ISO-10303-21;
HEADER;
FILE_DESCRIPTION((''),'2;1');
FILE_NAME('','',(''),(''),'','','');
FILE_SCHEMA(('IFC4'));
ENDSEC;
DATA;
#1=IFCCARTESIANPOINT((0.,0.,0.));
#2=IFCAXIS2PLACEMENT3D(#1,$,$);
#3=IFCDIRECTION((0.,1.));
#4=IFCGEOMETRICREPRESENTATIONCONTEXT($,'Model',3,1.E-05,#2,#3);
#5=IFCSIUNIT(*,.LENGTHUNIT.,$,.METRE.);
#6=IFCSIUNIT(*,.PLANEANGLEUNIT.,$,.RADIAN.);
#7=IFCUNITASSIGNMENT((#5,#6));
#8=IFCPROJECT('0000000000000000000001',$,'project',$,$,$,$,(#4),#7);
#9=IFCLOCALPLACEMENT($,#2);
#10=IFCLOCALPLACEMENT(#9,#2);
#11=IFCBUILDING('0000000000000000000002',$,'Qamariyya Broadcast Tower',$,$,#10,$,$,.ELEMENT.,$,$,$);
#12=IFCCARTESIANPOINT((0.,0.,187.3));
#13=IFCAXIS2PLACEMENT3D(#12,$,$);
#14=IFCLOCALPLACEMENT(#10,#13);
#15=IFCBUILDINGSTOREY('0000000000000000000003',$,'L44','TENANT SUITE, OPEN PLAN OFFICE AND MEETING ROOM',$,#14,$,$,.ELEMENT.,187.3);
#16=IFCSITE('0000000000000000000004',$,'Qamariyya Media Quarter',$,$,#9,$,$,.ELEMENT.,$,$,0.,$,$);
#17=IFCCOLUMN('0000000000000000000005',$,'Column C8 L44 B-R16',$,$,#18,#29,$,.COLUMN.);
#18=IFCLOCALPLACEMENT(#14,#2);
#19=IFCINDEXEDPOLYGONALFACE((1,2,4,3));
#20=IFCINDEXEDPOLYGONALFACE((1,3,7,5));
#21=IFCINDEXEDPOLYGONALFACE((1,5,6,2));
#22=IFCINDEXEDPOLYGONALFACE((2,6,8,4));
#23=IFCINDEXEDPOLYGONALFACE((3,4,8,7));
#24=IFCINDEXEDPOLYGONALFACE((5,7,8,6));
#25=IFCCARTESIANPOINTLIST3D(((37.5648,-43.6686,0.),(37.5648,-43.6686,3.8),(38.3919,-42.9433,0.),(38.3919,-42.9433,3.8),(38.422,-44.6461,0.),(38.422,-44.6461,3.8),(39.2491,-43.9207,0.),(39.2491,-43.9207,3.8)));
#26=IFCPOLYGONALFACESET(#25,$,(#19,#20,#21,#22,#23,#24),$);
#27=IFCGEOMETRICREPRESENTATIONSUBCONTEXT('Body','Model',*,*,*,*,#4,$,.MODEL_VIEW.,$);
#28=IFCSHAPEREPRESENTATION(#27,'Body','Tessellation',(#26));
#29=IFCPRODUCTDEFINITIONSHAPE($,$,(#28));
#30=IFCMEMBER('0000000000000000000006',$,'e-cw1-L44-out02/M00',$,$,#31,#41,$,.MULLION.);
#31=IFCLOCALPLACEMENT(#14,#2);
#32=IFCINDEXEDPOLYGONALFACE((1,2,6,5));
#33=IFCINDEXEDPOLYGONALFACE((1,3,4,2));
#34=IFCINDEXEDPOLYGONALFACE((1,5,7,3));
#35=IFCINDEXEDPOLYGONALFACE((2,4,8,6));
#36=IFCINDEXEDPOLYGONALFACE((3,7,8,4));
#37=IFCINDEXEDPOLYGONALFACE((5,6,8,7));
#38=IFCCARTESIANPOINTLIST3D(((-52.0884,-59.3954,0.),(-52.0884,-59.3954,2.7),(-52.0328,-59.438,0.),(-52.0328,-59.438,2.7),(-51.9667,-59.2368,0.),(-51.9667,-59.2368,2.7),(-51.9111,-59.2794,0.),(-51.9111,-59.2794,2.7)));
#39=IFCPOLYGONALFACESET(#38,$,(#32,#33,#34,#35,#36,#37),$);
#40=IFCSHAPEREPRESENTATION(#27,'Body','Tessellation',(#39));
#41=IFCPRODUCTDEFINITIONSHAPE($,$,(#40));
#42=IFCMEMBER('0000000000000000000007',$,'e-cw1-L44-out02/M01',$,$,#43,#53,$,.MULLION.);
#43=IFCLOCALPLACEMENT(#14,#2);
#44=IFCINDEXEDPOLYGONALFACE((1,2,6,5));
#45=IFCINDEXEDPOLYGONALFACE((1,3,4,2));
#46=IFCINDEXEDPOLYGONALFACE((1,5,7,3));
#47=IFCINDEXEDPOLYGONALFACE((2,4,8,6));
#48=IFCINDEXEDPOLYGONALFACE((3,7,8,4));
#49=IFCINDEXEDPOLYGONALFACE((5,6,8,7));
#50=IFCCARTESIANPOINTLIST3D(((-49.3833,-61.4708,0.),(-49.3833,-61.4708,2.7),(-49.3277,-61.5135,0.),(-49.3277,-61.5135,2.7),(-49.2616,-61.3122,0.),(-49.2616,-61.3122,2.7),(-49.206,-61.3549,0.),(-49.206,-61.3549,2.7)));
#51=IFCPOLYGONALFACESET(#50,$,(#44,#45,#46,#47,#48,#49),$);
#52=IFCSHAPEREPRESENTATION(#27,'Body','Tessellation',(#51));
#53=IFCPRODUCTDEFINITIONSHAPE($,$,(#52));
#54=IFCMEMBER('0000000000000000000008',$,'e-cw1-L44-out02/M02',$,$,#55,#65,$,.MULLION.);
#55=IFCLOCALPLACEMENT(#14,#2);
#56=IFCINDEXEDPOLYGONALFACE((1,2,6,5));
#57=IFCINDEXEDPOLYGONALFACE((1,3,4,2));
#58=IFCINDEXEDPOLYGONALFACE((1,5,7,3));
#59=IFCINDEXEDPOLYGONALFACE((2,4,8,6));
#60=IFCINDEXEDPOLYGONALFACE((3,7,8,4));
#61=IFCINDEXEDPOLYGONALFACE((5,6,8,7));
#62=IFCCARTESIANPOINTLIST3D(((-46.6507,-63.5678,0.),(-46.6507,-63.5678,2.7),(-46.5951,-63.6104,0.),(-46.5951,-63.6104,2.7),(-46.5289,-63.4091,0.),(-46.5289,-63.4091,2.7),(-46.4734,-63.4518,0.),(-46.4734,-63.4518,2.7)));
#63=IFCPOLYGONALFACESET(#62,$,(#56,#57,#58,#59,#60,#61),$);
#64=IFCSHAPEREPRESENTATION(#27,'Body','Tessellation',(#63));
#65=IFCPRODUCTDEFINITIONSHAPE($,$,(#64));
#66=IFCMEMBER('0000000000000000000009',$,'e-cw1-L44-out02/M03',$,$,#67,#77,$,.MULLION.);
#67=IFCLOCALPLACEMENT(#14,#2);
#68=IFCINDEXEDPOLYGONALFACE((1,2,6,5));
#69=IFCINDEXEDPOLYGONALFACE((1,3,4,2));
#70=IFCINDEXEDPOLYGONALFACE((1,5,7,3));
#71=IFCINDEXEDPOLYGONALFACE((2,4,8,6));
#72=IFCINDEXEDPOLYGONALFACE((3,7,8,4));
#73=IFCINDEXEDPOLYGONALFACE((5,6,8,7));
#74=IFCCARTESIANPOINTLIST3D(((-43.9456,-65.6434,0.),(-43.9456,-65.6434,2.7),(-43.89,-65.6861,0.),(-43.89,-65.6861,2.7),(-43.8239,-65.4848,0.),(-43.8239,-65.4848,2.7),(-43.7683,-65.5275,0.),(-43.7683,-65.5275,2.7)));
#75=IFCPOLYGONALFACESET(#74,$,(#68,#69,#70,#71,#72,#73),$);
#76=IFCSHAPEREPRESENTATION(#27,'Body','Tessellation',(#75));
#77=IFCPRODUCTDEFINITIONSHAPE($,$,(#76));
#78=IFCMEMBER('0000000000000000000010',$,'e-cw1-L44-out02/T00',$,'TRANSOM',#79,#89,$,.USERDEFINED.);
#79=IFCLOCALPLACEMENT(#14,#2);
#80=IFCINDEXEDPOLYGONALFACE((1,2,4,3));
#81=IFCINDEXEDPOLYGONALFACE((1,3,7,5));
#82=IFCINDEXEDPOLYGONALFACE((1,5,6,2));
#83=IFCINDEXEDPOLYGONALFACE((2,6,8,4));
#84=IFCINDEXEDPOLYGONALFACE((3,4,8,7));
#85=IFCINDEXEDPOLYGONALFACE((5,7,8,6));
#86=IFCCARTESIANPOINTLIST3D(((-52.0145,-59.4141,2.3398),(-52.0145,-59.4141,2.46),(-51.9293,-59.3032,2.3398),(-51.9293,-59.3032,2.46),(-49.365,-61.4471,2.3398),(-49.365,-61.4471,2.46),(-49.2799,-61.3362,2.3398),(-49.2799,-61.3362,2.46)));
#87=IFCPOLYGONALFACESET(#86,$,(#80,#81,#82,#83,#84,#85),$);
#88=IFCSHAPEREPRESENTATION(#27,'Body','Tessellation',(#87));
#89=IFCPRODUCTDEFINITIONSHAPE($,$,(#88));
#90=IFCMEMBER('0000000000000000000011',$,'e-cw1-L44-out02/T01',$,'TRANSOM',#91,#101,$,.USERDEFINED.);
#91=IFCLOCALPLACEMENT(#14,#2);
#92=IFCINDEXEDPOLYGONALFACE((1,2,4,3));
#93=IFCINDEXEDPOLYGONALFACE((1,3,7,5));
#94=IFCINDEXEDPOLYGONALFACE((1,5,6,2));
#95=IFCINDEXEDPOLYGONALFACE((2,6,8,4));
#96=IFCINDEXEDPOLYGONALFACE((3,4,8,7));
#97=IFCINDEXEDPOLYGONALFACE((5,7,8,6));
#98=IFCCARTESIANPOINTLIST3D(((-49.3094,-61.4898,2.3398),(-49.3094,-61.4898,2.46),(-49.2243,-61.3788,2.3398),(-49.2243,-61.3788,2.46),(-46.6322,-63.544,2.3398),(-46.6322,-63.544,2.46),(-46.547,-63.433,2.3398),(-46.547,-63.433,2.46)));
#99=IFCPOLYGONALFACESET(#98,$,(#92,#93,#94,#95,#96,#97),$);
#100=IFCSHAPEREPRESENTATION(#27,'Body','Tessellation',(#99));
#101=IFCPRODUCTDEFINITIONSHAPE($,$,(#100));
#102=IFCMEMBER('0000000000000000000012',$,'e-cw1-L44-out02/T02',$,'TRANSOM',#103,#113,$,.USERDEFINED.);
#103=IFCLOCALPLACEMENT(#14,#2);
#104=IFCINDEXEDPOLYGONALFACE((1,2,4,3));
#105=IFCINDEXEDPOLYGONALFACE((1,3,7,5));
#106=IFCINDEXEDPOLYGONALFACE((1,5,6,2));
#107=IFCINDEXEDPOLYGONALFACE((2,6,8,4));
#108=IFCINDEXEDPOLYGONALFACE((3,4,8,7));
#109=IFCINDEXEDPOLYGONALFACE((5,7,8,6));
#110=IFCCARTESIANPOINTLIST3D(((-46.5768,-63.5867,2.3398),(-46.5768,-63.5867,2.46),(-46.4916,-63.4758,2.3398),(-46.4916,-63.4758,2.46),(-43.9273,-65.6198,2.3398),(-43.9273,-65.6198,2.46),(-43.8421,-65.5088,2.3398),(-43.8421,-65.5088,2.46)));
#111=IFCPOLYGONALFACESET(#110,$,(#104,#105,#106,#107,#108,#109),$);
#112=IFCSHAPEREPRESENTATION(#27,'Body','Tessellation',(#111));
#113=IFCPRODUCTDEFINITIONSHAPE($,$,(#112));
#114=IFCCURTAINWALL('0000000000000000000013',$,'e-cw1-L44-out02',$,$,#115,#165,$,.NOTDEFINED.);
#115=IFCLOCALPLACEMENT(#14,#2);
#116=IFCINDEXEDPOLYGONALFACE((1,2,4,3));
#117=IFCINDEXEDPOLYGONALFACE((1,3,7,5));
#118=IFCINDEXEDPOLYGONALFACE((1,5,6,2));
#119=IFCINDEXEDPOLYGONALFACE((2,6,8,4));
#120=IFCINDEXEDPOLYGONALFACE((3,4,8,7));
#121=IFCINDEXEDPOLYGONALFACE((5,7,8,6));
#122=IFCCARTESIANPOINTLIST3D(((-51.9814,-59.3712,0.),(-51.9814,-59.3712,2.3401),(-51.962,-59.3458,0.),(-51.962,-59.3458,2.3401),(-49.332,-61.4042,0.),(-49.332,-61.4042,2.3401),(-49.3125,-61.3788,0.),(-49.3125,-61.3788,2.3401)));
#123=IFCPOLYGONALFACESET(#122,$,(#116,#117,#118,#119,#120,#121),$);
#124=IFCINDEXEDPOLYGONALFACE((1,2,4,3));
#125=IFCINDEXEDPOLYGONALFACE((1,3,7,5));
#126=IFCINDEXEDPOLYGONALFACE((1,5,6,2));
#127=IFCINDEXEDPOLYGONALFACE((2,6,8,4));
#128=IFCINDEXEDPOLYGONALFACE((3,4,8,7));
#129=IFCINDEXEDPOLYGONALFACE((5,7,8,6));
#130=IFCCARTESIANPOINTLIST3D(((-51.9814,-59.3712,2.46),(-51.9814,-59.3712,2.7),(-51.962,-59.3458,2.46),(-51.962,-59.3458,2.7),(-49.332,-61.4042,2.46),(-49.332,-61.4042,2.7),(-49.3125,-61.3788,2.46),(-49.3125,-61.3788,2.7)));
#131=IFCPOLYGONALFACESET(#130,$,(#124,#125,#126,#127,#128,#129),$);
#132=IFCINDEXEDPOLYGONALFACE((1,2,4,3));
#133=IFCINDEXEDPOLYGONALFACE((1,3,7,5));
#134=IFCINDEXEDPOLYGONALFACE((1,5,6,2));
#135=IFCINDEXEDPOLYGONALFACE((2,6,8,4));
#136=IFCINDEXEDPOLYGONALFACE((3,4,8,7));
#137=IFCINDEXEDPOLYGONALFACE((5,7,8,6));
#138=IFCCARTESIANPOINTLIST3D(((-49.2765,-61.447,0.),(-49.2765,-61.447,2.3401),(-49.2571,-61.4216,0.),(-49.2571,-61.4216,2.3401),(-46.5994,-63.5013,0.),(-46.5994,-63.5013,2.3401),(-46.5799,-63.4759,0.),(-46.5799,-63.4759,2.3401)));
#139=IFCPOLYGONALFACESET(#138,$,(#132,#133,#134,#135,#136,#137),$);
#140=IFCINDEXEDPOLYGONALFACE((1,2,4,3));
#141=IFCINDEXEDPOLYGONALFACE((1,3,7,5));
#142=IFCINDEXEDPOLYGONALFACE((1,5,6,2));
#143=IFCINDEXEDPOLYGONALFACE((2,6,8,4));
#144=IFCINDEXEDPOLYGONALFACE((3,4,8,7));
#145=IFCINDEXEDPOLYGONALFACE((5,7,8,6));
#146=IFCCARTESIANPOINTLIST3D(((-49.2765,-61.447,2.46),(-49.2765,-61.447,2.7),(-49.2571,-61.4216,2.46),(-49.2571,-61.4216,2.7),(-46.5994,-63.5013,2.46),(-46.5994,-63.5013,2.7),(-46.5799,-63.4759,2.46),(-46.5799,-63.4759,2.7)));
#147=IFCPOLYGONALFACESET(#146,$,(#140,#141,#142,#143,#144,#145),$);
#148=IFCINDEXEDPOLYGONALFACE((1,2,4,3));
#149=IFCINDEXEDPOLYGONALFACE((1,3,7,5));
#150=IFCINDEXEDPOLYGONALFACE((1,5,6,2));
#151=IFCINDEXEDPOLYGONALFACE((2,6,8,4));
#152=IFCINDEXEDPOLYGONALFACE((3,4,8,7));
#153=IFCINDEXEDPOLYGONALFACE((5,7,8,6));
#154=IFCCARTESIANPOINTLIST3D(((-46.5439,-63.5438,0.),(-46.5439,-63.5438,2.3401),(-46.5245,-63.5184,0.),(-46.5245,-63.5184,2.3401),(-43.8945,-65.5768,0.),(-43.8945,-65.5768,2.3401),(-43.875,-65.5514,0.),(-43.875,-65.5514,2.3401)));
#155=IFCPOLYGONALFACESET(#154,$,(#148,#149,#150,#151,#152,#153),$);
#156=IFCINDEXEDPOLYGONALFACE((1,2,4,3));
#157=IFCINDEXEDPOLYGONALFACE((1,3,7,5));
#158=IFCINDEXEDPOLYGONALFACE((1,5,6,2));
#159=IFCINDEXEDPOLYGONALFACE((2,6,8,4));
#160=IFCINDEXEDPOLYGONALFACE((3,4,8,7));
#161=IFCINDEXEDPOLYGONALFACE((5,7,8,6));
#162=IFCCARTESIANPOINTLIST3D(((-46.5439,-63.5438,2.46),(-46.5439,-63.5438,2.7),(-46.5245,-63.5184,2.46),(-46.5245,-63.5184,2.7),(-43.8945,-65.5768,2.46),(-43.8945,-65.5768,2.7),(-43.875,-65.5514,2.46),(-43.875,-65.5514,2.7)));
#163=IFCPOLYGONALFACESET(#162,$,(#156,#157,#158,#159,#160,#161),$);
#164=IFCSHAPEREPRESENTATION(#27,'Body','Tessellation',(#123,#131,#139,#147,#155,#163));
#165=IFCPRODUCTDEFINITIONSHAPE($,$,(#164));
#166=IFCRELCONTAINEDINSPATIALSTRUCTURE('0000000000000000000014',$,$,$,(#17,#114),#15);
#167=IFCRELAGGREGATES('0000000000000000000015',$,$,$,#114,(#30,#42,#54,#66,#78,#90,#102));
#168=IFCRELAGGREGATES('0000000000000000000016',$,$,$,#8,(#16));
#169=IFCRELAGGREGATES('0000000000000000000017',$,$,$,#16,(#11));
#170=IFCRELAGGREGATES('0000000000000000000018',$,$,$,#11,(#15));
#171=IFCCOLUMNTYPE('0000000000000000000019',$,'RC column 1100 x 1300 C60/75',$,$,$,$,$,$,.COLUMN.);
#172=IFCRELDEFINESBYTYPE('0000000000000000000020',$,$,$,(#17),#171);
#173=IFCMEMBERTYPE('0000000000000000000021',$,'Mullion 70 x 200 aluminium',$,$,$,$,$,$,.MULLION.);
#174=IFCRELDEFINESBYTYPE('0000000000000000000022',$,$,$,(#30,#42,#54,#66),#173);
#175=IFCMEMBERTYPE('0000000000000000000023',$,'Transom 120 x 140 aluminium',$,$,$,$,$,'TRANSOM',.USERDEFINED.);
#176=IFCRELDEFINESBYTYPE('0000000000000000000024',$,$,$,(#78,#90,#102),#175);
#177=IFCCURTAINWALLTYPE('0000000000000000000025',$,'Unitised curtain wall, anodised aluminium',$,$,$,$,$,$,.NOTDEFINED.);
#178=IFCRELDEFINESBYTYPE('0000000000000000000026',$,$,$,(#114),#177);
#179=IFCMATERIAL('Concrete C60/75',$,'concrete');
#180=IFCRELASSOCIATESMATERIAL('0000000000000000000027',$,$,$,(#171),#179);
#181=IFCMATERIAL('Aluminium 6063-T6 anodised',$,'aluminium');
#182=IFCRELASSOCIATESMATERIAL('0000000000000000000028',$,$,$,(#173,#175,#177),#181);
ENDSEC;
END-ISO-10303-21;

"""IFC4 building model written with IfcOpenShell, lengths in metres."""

from ifc_helpers import new_model, si_unit, direction, frame, origin, origin_2d, place, context, subcontext, project, spatial, rectangle, extrude, material, material_profile, profile_set, type_object, element, aggregate, save


model = new_model("IFC4")

# Units and contexts
model_context = context("Model", 3, precision=1e-05, world=origin(), true_north=direction((0.0, 1.0)))
body_context = subcontext(model_context, "Body", "Model", "MODEL_VIEW")
ifc_project = project(units=[si_unit("LENGTHUNIT", "METRE"), si_unit("PLANEANGLEUNIT", "RADIAN")], contexts=[model_context])

# Site, building, storey
site_placement = place(None, origin())
site = spatial("IfcSite", under=ifc_project, at=site_placement, Name="Qamariyya Media Quarter", CompositionType="ELEMENT", RefElevation=0.0)
building_placement = place(site_placement, origin())
building = spatial("IfcBuilding", under=site, at=building_placement, Name="Qamariyya Broadcast Tower", CompositionType="ELEMENT")
storey_placement = place(building_placement, frame((0.0, 0.0, 187.3)))
storey = spatial("IfcBuildingStorey", under=building, at=storey_placement, Name="L44", Description="TENANT SUITE, OPEN PLAN OFFICE AND MEETING ROOM", CompositionType="ELEMENT", Elevation=187.3)

# Column
ifc_material_1 = material(Name="Concrete C60/75", Category="concrete")
ifc_material_profile_1 = material_profile(ifc_material_1, rectangle(XDim=1.1001, YDim=1.3, at=origin_2d()))
ifc_profile_set_1 = profile_set([ifc_material_profile_1], Name="Concrete C60/75")
column_type = type_object("IfcColumnType", Name="RC column 1100 x 1300 C60/75", PredefinedType="COLUMN", material=ifc_profile_set_1)
column_placement = place(storey_placement, frame((38.407, -43.7947, 0.0), z_axis=(0.0, 0.0, 1.0), x_axis=(0.75184, 0.659346, 0.0)))
element("IfcColumn", 1, at=column_placement, inside=storey, type_object=column_type, Name="Column C8 L44 B-R16", PredefinedType="COLUMN", context=body_context, shape_type="SweptSolid", body=[
    extrude(rectangle(XDim=1.1001, YDim=1.3, at=origin_2d()), origin(), (0.0, 0.0, 1.0), 3.8),
])

# Members
ifc_material_2 = material(Name="Aluminium 6063-T6 anodised", Category="aluminium")
ifc_material_profile_2 = material_profile(ifc_material_2, rectangle(XDim=0.2, YDim=0.0701, at=origin_2d()))
ifc_profile_set_2 = profile_set([ifc_material_profile_2], Name="Aluminium 6063-T6 anodised")
member_type_1 = type_object("IfcMemberType", Name="Mullion 70 x 200 aluminium", PredefinedType="MULLION", material=ifc_profile_set_2)
member_1_placement = place(storey_placement, frame((-51.9998, -59.3374, 0.0), z_axis=(0.0, 0.0, 1.0), x_axis=(0.608761, 0.793353, 0.0)))
member_1 = element("IfcMember", 2, at=member_1_placement, type_object=member_type_1, Name="e-cw1-L44-out02/M00", PredefinedType="MULLION", context=body_context, shape_type="SweptSolid", body=[
    extrude(rectangle(XDim=0.2, YDim=0.0701, at=origin_2d()), origin(), (0.0, 0.0, 1.0), 2.7),
])
member_2_placement = place(storey_placement, frame((-49.2947, -61.4128, 0.0), z_axis=(0.0, 0.0, 1.0), x_axis=(0.608761, 0.793353, 0.0)))
member_2 = element("IfcMember", 3, at=member_2_placement, type_object=member_type_1, Name="e-cw1-L44-out02/M01", PredefinedType="MULLION", context=body_context, shape_type="SweptSolid", body=[
    extrude(rectangle(XDim=0.2, YDim=0.0701, at=origin_2d()), origin(), (0.0, 0.0, 1.0), 2.7),
])
member_3_placement = place(storey_placement, frame((-46.562, -63.5098, 0.0), z_axis=(0.0, 0.0, 1.0), x_axis=(0.608761, 0.793353, 0.0)))
member_3 = element("IfcMember", 4, at=member_3_placement, type_object=member_type_1, Name="e-cw1-L44-out02/M02", PredefinedType="MULLION", context=body_context, shape_type="SweptSolid", body=[
    extrude(rectangle(XDim=0.2, YDim=0.0701, at=origin_2d()), origin(), (0.0, 0.0, 1.0), 2.7),
])
member_4_placement = place(storey_placement, frame((-43.8569, -65.5854, 0.0), z_axis=(0.0, 0.0, 1.0), x_axis=(0.608761, 0.793353, 0.0)))
member_4 = element("IfcMember", 5, at=member_4_placement, type_object=member_type_1, Name="e-cw1-L44-out02/M03", PredefinedType="MULLION", context=body_context, shape_type="SweptSolid", body=[
    extrude(rectangle(XDim=0.2, YDim=0.0701, at=origin_2d()), origin(), (0.0, 0.0, 1.0), 2.7),
])
ifc_material_profile_3 = material_profile(ifc_material_2, rectangle(XDim=0.1399, YDim=0.1201, at=origin_2d()))
ifc_profile_set_3 = profile_set([ifc_material_profile_3], Name="Aluminium 6063-T6 anodised")
member_type_2 = type_object("IfcMemberType", Name="Transom 120 x 140 aluminium", ElementType="TRANSOM", PredefinedType="USERDEFINED", material=ifc_profile_set_3)
member_5_placement = place(storey_placement, frame((-51.9719, -59.3586, 2.3999), z_axis=(0.793354, -0.60876, 0.0), x_axis=(0.60876, 0.793354, 0.0)))
member_5 = element("IfcMember", 6, at=member_5_placement, type_object=member_type_2, Name="e-cw1-L44-out02/T00", ObjectType="TRANSOM", PredefinedType="USERDEFINED", context=body_context, shape_type="SweptSolid", body=[
    extrude(rectangle(XDim=0.1399, YDim=0.1201, at=origin_2d()), origin(), (0.0, 0.0, 1.0), 3.3396),
])
member_6_placement = place(storey_placement, frame((-49.2668, -61.4343, 2.3999), z_axis=(0.793371, -0.608738, 0.0), x_axis=(0.608738, 0.793371, 0.0)))
member_6 = element("IfcMember", 7, at=member_6_placement, type_object=member_type_2, Name="e-cw1-L44-out02/T01", ObjectType="TRANSOM", PredefinedType="USERDEFINED", context=body_context, shape_type="SweptSolid", body=[
    extrude(rectangle(XDim=0.1399, YDim=0.1201, at=origin_2d()), origin(), (0.0, 0.0, 1.0), 3.3745),
])
member_7_placement = place(storey_placement, frame((-46.5342, -63.5312, 2.3999), z_axis=(0.793354, -0.60876, 0.0), x_axis=(0.60876, 0.793354, 0.0)))
member_7 = element("IfcMember", 8, at=member_7_placement, type_object=member_type_2, Name="e-cw1-L44-out02/T02", ObjectType="TRANSOM", PredefinedType="USERDEFINED", context=body_context, shape_type="SweptSolid", body=[
    extrude(rectangle(XDim=0.1399, YDim=0.1201, at=origin_2d()), origin(), (0.0, 0.0, 1.0), 3.3396),
])

# Curtain wall
curtain_wall_type = type_object("IfcCurtainWallType", Name="Unitised curtain wall, anodised aluminium", PredefinedType="NOTDEFINED", material=ifc_material_2)
curtain_wall_1_placement = place(storey_placement, origin())
curtain_wall_1 = element("IfcCurtainWall", 9, at=curtain_wall_1_placement, inside=storey, type_object=curtain_wall_type, Name="e-cw1-L44-out02", PredefinedType="NOTDEFINED", context=body_context, shape_type="SweptSolid", body=[
    extrude(rectangle(XDim=3.3396, YDim=0.032, at=origin_2d()), frame((-50.647, -60.375, 0.0), x_axis=(0.793352, -0.608764, 0.0)), (0.0, 0.0, 1.0), 2.3401),
    extrude(rectangle(XDim=3.3396, YDim=0.032, at=origin_2d()), frame((-50.647, -60.375, 2.46), x_axis=(0.793352, -0.608764, 0.0)), (0.0, 0.0, 1.0), 0.24),
    extrude(rectangle(XDim=3.3745, YDim=0.032, at=origin_2d()), frame((-47.9282, -62.4614, 0.0), x_axis=(0.793352, -0.608764, 0.0)), (0.0, 0.0, 1.0), 2.3401),
    extrude(rectangle(XDim=3.3745, YDim=0.032, at=origin_2d()), frame((-47.9282, -62.4614, 2.46), x_axis=(0.793352, -0.608764, 0.0)), (0.0, 0.0, 1.0), 0.24),
    extrude(rectangle(XDim=3.3396, YDim=0.032, at=origin_2d()), frame((-45.2095, -64.5476, 0.0), x_axis=(0.793352, -0.608764, 0.0)), (0.0, 0.0, 1.0), 2.3401),
    extrude(rectangle(XDim=3.3396, YDim=0.032, at=origin_2d()), frame((-45.2095, -64.5476, 2.46), x_axis=(0.793352, -0.608764, 0.0)), (0.0, 0.0, 1.0), 0.24),
])
aggregate(curtain_wall_1, [member_1, member_2, member_3, member_4, member_5, member_6, member_7])

save(model, "model.ifc")
